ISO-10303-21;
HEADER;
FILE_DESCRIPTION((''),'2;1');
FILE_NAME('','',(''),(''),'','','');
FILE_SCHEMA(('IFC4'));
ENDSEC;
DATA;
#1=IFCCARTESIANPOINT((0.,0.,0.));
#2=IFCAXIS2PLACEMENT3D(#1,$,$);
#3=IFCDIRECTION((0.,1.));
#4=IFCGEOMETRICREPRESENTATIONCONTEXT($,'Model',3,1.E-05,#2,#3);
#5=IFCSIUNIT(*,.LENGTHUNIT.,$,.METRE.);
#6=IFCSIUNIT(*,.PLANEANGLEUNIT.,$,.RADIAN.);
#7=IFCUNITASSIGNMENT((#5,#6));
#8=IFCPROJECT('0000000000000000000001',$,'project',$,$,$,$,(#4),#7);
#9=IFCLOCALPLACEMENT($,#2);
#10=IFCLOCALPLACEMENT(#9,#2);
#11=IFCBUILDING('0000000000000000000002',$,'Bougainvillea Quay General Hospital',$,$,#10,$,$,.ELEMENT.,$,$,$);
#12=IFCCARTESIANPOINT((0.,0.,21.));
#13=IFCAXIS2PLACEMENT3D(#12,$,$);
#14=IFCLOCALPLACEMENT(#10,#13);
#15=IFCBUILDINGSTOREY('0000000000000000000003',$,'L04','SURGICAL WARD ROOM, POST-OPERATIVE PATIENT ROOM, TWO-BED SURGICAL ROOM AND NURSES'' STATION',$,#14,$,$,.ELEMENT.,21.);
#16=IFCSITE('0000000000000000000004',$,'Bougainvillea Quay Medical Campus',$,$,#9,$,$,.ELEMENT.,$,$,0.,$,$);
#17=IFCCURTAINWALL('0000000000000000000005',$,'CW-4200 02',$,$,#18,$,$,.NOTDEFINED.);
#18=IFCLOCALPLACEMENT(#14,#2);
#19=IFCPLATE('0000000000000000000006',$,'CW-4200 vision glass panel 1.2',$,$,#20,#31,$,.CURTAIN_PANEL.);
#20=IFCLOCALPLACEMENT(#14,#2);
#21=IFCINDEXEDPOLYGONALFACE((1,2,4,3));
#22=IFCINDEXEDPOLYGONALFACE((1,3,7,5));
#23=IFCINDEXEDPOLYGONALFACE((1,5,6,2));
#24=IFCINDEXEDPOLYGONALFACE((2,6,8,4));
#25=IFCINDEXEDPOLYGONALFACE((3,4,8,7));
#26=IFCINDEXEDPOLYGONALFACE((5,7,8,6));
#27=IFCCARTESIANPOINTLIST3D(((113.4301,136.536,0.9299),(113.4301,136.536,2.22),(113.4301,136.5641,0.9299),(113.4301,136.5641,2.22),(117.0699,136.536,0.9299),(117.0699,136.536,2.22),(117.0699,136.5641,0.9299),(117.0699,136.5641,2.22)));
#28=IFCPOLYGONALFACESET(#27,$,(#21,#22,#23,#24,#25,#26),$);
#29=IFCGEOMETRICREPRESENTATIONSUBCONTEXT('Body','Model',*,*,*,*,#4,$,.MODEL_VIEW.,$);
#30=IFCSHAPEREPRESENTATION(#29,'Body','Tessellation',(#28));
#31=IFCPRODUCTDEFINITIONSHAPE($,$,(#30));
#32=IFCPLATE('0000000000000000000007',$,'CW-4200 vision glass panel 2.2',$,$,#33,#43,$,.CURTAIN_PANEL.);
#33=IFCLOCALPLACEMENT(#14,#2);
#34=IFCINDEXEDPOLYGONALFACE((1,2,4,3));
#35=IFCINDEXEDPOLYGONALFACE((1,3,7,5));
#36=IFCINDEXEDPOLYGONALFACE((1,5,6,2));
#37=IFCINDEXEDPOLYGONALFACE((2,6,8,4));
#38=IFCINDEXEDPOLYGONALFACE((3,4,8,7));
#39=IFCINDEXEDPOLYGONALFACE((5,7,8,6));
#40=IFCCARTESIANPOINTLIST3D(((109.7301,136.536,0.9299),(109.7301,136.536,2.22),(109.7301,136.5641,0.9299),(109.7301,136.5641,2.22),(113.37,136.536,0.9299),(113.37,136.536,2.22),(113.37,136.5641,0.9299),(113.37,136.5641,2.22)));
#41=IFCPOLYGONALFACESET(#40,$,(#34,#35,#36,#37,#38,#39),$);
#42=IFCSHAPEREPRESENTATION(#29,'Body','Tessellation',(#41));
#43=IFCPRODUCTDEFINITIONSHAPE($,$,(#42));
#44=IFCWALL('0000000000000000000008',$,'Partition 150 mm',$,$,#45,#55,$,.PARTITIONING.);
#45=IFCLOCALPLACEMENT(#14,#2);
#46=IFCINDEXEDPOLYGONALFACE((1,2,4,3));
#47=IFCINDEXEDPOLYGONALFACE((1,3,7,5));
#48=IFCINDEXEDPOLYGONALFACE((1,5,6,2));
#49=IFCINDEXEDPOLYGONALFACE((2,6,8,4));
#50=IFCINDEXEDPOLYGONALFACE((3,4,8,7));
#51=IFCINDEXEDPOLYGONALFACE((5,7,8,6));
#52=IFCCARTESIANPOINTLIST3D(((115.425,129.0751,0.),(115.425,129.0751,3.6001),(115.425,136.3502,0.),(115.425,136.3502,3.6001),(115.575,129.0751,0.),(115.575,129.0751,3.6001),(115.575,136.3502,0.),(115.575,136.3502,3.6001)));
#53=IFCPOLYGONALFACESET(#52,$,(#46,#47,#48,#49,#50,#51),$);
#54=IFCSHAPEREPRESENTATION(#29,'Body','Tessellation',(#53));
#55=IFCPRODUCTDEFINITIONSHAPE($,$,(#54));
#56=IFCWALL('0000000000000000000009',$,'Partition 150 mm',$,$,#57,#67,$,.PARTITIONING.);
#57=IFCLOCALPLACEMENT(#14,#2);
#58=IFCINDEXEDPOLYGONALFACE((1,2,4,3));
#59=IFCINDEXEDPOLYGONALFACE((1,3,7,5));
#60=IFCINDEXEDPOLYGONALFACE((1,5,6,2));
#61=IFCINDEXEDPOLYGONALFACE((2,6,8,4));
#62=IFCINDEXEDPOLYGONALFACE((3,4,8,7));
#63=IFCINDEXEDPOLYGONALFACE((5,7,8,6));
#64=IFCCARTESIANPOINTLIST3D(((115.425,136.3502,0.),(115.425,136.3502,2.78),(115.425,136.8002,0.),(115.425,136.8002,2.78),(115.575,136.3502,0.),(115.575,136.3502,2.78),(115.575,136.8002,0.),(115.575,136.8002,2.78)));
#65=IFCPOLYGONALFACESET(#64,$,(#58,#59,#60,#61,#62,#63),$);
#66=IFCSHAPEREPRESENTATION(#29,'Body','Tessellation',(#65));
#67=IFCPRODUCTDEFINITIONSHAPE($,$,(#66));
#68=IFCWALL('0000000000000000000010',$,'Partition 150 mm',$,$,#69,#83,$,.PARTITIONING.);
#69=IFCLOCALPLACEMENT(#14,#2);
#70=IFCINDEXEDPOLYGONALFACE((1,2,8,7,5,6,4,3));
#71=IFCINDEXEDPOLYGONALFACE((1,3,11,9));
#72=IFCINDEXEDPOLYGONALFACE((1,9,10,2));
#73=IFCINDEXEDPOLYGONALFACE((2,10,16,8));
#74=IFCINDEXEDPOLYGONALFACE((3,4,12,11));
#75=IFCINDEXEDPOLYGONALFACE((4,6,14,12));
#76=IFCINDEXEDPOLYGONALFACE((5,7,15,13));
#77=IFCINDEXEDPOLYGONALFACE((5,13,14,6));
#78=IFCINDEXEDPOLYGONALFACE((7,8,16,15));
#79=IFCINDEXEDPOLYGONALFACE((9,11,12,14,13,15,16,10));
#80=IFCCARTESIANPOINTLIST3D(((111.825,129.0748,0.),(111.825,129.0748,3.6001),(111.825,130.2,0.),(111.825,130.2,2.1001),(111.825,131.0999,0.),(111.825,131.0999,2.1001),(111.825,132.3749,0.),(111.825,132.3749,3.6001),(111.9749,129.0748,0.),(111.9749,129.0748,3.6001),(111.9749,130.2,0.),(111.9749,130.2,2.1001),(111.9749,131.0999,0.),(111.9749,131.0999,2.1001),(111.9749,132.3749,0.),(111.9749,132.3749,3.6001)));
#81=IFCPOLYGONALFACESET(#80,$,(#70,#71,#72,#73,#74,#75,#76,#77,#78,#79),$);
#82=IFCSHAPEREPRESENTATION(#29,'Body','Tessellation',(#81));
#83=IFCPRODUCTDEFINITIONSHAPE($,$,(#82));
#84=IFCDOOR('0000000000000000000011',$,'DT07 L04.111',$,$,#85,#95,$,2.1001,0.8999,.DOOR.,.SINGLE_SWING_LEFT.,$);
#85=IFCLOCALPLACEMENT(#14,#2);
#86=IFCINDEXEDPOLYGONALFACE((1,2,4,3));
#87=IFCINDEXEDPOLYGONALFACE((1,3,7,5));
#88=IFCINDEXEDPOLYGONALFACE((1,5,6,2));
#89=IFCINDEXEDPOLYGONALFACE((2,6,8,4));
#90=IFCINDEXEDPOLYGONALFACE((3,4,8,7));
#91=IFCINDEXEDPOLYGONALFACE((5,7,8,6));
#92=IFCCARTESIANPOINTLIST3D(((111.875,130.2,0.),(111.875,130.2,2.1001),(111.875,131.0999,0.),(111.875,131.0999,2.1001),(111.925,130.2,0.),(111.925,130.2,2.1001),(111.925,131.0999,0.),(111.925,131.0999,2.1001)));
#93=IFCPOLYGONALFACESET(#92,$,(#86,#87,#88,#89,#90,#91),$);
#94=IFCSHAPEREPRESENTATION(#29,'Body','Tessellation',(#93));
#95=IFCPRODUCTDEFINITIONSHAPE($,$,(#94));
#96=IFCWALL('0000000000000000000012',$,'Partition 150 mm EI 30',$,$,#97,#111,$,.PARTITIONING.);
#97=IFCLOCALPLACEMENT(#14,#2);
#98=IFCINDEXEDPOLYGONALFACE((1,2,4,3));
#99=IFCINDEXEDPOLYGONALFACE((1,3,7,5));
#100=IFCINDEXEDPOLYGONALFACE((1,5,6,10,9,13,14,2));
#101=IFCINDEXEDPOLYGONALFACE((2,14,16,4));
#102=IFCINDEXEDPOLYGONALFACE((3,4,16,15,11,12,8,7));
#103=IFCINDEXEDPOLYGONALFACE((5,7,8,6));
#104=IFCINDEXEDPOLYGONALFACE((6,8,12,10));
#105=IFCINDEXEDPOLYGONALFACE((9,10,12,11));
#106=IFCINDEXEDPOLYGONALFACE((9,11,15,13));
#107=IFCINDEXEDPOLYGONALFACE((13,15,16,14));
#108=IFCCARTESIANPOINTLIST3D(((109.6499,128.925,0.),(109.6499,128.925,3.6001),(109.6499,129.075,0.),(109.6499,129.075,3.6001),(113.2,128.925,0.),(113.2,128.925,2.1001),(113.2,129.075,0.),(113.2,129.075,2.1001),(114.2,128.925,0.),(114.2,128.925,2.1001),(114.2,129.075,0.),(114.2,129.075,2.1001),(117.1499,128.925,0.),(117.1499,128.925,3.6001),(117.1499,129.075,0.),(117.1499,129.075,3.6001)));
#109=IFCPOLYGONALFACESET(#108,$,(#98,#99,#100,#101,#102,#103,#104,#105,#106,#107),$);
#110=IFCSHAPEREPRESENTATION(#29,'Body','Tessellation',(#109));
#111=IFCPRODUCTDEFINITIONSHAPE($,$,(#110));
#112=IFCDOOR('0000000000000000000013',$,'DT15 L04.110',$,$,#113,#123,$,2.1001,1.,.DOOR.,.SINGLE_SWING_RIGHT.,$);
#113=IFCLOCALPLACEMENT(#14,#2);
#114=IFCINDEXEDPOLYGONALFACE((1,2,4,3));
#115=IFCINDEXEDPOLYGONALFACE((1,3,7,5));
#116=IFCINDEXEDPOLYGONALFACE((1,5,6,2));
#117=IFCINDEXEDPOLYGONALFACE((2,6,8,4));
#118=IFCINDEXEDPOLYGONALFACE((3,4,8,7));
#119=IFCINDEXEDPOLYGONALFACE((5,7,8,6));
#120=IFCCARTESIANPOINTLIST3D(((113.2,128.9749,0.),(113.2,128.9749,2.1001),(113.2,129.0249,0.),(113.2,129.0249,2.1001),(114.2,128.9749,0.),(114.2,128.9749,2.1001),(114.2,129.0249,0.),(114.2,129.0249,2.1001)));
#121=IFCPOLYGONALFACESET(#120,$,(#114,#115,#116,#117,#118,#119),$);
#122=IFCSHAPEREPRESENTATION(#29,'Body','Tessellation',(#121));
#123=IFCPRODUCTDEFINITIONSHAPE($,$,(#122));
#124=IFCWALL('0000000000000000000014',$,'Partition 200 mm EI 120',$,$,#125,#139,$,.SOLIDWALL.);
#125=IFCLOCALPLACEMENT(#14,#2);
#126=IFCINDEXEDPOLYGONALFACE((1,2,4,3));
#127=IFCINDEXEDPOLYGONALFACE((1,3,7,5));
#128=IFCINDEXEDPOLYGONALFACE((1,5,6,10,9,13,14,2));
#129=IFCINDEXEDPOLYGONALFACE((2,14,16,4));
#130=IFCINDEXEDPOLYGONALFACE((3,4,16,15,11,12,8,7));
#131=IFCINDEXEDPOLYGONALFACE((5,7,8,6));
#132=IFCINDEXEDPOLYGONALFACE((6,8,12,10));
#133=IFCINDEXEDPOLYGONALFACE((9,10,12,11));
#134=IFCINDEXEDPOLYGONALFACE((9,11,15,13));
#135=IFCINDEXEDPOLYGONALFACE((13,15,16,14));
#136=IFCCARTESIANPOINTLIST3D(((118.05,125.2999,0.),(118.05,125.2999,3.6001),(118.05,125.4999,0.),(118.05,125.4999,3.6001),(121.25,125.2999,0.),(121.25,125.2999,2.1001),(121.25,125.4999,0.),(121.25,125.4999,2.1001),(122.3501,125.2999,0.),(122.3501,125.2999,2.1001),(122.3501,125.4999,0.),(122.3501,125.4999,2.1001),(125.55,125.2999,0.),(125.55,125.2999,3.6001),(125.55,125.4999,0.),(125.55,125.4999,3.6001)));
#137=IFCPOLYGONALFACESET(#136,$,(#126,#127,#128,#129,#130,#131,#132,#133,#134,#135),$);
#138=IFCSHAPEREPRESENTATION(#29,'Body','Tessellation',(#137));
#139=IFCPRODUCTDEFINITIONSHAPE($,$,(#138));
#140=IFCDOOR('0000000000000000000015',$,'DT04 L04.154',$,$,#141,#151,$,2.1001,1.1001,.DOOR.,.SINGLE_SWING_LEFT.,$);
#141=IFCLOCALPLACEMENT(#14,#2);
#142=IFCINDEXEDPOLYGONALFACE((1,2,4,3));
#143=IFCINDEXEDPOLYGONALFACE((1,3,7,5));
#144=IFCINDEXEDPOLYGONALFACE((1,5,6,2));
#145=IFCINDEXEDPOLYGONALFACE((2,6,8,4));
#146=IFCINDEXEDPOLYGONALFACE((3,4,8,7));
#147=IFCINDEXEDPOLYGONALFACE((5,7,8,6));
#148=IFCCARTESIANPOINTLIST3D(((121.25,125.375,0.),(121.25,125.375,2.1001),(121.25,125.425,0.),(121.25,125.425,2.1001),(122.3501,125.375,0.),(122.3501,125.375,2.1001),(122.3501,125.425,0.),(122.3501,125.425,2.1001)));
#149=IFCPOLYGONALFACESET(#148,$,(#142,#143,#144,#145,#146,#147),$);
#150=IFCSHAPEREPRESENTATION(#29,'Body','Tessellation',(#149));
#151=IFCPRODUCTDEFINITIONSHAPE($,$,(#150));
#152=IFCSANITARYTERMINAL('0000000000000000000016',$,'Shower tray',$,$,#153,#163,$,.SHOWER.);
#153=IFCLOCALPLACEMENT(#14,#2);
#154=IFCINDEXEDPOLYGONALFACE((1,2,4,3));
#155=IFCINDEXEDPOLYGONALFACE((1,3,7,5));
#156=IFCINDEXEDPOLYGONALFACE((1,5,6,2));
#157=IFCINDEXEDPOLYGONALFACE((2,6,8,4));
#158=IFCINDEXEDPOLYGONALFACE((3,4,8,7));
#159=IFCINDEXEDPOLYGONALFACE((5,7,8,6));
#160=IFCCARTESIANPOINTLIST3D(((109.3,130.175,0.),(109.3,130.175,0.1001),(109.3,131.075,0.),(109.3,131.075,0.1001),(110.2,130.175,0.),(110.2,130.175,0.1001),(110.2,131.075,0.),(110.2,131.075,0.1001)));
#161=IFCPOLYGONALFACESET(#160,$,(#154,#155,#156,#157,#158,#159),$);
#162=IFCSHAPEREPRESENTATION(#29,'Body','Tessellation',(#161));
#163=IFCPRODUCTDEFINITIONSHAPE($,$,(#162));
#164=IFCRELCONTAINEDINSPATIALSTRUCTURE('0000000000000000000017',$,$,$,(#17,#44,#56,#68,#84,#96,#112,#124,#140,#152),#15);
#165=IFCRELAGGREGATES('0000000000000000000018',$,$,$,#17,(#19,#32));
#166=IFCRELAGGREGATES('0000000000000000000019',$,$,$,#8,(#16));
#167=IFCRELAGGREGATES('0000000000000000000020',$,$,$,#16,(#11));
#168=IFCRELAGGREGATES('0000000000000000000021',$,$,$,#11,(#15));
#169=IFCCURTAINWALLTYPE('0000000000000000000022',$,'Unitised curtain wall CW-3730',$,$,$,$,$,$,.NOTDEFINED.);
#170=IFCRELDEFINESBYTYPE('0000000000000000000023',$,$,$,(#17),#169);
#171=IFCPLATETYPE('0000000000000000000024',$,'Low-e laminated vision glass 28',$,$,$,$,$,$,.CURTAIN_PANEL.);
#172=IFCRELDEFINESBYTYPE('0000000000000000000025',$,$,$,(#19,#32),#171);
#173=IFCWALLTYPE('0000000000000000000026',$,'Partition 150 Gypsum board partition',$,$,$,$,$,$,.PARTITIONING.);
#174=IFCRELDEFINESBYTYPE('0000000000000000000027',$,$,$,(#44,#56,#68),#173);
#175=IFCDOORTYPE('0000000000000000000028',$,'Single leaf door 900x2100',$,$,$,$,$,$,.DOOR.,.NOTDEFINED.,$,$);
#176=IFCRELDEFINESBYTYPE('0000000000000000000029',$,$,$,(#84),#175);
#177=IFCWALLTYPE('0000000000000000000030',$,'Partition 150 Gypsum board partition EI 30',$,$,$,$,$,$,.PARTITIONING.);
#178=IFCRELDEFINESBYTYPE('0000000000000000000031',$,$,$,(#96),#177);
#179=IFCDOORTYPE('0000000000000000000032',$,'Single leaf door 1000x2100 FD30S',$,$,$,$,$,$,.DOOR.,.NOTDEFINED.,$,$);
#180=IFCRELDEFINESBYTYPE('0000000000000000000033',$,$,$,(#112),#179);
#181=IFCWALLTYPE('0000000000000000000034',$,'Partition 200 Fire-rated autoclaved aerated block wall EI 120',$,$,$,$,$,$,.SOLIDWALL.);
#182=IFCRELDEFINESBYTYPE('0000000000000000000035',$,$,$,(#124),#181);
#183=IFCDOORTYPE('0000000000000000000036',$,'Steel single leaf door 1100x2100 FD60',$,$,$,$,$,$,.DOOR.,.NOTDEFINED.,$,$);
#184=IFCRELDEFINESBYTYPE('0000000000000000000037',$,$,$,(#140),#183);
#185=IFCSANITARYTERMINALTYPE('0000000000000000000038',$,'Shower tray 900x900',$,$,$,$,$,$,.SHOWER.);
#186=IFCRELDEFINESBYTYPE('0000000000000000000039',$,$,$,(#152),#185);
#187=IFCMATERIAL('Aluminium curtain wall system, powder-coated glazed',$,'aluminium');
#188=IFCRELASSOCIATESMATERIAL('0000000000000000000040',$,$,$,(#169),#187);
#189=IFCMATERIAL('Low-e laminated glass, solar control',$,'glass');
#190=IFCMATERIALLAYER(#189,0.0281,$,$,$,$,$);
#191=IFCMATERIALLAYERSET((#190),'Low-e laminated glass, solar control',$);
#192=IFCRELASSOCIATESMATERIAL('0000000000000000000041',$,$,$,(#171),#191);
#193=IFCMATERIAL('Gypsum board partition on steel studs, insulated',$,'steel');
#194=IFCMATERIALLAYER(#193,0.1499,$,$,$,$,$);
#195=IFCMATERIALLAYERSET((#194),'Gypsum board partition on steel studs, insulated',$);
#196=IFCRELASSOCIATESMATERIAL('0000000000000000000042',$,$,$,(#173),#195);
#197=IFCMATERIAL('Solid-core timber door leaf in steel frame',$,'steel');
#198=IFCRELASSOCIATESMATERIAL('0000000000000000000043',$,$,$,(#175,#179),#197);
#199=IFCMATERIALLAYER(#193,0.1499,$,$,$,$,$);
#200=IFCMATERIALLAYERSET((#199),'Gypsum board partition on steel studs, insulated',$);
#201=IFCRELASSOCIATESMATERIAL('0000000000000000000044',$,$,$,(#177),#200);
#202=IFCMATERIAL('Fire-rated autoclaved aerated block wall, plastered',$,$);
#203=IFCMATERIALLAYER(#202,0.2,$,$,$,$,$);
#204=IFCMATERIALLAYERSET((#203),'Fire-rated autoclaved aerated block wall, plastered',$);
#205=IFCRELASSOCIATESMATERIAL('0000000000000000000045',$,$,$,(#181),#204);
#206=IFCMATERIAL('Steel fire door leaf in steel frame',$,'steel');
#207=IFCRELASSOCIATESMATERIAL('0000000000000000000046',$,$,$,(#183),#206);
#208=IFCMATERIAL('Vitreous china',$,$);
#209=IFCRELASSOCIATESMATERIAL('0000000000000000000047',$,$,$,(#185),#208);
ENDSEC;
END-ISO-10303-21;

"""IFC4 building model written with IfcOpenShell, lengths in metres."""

from ifc_helpers import new_model, si_unit, direction, frame, frame_2d, origin, origin_2d, place, context, subcontext, project, spatial, rectangle, extrude, material, layer, layer_set, type_object, element, fill, aggregate, save


model = new_model("IFC4")

# Units and contexts
model_context = context("Model", 3, precision=1e-05, world=origin(), true_north=direction((0.0, 1.0)))
body_context = subcontext(model_context, "Body", "Model", "MODEL_VIEW")
ifc_project = project(units=[si_unit("LENGTHUNIT", "METRE"), si_unit("PLANEANGLEUNIT", "RADIAN")], contexts=[model_context])

# Site, building, storey
site_placement = place(None, origin())
site = spatial("IfcSite", under=ifc_project, at=site_placement, Name="Bougainvillea Quay Medical Campus", CompositionType="ELEMENT", RefElevation=0.0)
building_placement = place(site_placement, origin())
building = spatial("IfcBuilding", under=site, at=building_placement, Name="Bougainvillea Quay General Hospital", CompositionType="ELEMENT")
storey_placement = place(building_placement, frame((0.0, 0.0, 21.0)))
storey = spatial("IfcBuildingStorey", under=building, at=storey_placement, Name="L04", Description="SURGICAL WARD ROOM, POST-OPERATIVE PATIENT ROOM, TWO-BED SURGICAL ROOM AND NURSES' STATION", CompositionType="ELEMENT", Elevation=21.0)

# Curtain wall, plates
ifc_material_1 = material(Name="Aluminium curtain wall system, powder-coated glazed", Category="aluminium")
curtain_wall_type = type_object("IfcCurtainWallType", Name="Unitised curtain wall CW-3730", PredefinedType="NOTDEFINED", material=ifc_material_1)
curtain_wall_placement = place(storey_placement, origin())
curtain_wall = element("IfcCurtainWall", 1, at=curtain_wall_placement, inside=storey, type_object=curtain_wall_type, Name="CW-4200 02", PredefinedType="NOTDEFINED")
ifc_material_2 = material(Name="Low-e laminated glass, solar control", Category="glass")
ifc_layer_1 = layer(ifc_material_2, 0.0281)
ifc_layer_set_1 = layer_set([ifc_layer_1], Name="Low-e laminated glass, solar control")
plate_type_1 = type_object("IfcPlateType", Name="Low-e laminated vision glass 28", PredefinedType="CURTAIN_PANEL", material=ifc_layer_set_1)
plate_1_placement = place(storey_placement, frame((115.25, 136.55, 0.9299), z_axis=(0.0, 0.0, 1.0), x_axis=(-1.0, 0.0, 0.0)))
plate_1 = element("IfcPlate", 2, at=plate_1_placement, type_object=plate_type_1, Name="CW-4200 vision glass panel 1.2", PredefinedType="CURTAIN_PANEL", context=body_context, shape_type="SweptSolid", body=[
    extrude(rectangle(XDim=3.6399, YDim=0.0281, at=origin_2d()), origin(), (0.0, 0.0, 1.0), 1.29),
])
plate_2_placement = place(storey_placement, frame((111.55, 136.55, 0.9299), z_axis=(0.0, 0.0, 1.0), x_axis=(-1.0, 0.0, 0.0)))
plate_2 = element("IfcPlate", 3, at=plate_2_placement, type_object=plate_type_1, Name="CW-4200 vision glass panel 2.2", PredefinedType="CURTAIN_PANEL", context=body_context, shape_type="SweptSolid", body=[
    extrude(rectangle(XDim=3.6399, YDim=0.0281, at=origin_2d()), origin(), (0.0, 0.0, 1.0), 1.29),
])
aggregate(curtain_wall, [plate_1, plate_2])

# Walls
ifc_material_3 = material(Name="Gypsum board partition on steel studs, insulated", Category="steel")
ifc_layer_2 = layer(ifc_material_3, 0.1499)
ifc_layer_set_2 = layer_set([ifc_layer_2], Name="Gypsum board partition on steel studs, insulated")
wall_type_1 = type_object("IfcWallType", Name="Partition 150 Gypsum board partition", PredefinedType="PARTITIONING", material=ifc_layer_set_2)
wall_1_placement = place(storey_placement, frame((115.5, 129.075, 0.0), z_axis=(0.0, 0.0, 1.0), x_axis=(0.0, 1.0, 0.0)))
element("IfcWall", 4, at=wall_1_placement, inside=storey, type_object=wall_type_1, Name="Partition 150 mm", PredefinedType="PARTITIONING", context=body_context, shape_type="SweptSolid", body=[
    extrude(rectangle(XDim=7.2751, YDim=0.1499, at=frame_2d((3.6377, 0.0))), origin(), (0.0, 0.0, 1.0), 3.6001),
])
wall_2_placement = place(storey_placement, frame((115.5, 136.3501, 0.0), z_axis=(0.0, 0.0, 1.0), x_axis=(0.0, 1.0, 0.0)))
element("IfcWall", 5, at=wall_2_placement, inside=storey, type_object=wall_type_1, Name="Partition 150 mm", PredefinedType="PARTITIONING", context=body_context, shape_type="SweptSolid", body=[
    extrude(rectangle(XDim=0.45, YDim=0.1499, at=frame_2d((0.2251, 0.0))), origin(), (0.0, 0.0, 1.0), 2.78),
])

# Walls, openings, doors
wall_3_placement = place(storey_placement, frame((111.8999, 129.075, 0.0), z_axis=(0.0, 0.0, 1.0), x_axis=(0.0, 1.0, 0.0)))
wall_3 = element("IfcWall", 6, at=wall_3_placement, inside=storey, type_object=wall_type_1, Name="Partition 150 mm", PredefinedType="PARTITIONING", context=body_context, shape_type="SweptSolid", body=[
    extrude(rectangle(XDim=3.3, YDim=0.1499, at=frame_2d((1.6499, 0.0))), origin(), (0.0, 0.0, 1.0), 3.6001),
])
opening_1_placement = place(wall_3_placement, frame((1.125, 0.0, 0.0)))
opening_1 = element("IfcOpeningElement", 7, at=opening_1_placement, cuts=wall_3, PredefinedType="OPENING", context=body_context, shape_type="SweptSolid", body=[
    extrude(rectangle(XDim=0.8999, YDim=2.1001, at=frame_2d((0.45, 1.05))), frame((0.0, 0.085, 0.0), z_axis=(0.0, -1.0, 0.0), x_axis=(1.0, 0.0, 0.0)), (0.0, 0.0, 1.0), 0.1699),
])
ifc_material_4 = material(Name="Solid-core timber door leaf in steel frame", Category="steel")
door_type_1 = type_object("IfcDoorType", Name="Single leaf door 900x2100", OperationType="NOTDEFINED", PredefinedType="DOOR", material=ifc_material_4)
door_1_placement = place(opening_1_placement, origin())
door_1 = element("IfcDoor", 8, at=door_1_placement, inside=storey, type_object=door_type_1, Name="DT07 L04.111", OperationType="SINGLE_SWING_LEFT", OverallHeight=2.1001, OverallWidth=0.8999, PredefinedType="DOOR", context=body_context, shape_type="SweptSolid", body=[
    extrude(rectangle(XDim=0.8999, YDim=2.1001, at=frame_2d((0.45, 1.05))), frame((0.0, 0.0249, 0.0), z_axis=(0.0, -1.0, 0.0), x_axis=(1.0, 0.0, 0.0)), (0.0, 0.0, 1.0), 0.05),
])
fill(opening_1, door_1)
ifc_layer_3 = layer(ifc_material_3, 0.1499)
ifc_layer_set_3 = layer_set([ifc_layer_3], Name="Gypsum board partition on steel studs, insulated")
wall_type_2 = type_object("IfcWallType", Name="Partition 150 Gypsum board partition EI 30", PredefinedType="PARTITIONING", material=ifc_layer_set_3)
wall_4_placement = place(storey_placement, frame((117.1499, 129.0, 0.0), z_axis=(0.0, 0.0, 1.0), x_axis=(-1.0, 0.0, 0.0)))
wall_4 = element("IfcWall", 9, at=wall_4_placement, inside=storey, type_object=wall_type_2, Name="Partition 150 mm EI 30", PredefinedType="PARTITIONING", context=body_context, shape_type="SweptSolid", body=[
    extrude(rectangle(XDim=7.5, YDim=0.1499, at=frame_2d((3.75, 0.0))), origin(), (0.0, 0.0, 1.0), 3.6001),
])
opening_2_placement = place(wall_4_placement, frame((2.95, 0.0, 0.0)))
opening_2 = element("IfcOpeningElement", 10, at=opening_2_placement, cuts=wall_4, PredefinedType="OPENING", context=body_context, shape_type="SweptSolid", body=[
    extrude(rectangle(XDim=1.0, YDim=2.1001, at=frame_2d((0.5, 1.05))), frame((0.0, 0.085, 0.0), z_axis=(0.0, -1.0, 0.0), x_axis=(1.0, 0.0, 0.0)), (0.0, 0.0, 1.0), 0.1699),
])
door_type_2 = type_object("IfcDoorType", Name="Single leaf door 1000x2100 FD30S", OperationType="NOTDEFINED", PredefinedType="DOOR", material=ifc_material_4)
door_2_placement = place(opening_2_placement, frame((1.0, 0.0, 0.0), z_axis=(0.0, 0.0, 1.0), x_axis=(-1.0, 0.0, 0.0)))
door_2 = element("IfcDoor", 11, at=door_2_placement, inside=storey, type_object=door_type_2, Name="DT15 L04.110", OperationType="SINGLE_SWING_RIGHT", OverallHeight=2.1001, OverallWidth=1.0, PredefinedType="DOOR", context=body_context, shape_type="SweptSolid", body=[
    extrude(rectangle(XDim=1.0, YDim=2.1001, at=frame_2d((0.5, 1.05))), frame((0.0, 0.0249, 0.0), z_axis=(0.0, -1.0, 0.0), x_axis=(1.0, 0.0, 0.0)), (0.0, 0.0, 1.0), 0.05),
])
fill(opening_2, door_2)
ifc_material_5 = material(Name="Fire-rated autoclaved aerated block wall, plastered")
ifc_layer_4 = layer(ifc_material_5, 0.2)
ifc_layer_set_4 = layer_set([ifc_layer_4], Name="Fire-rated autoclaved aerated block wall, plastered")
wall_type_3 = type_object("IfcWallType", Name="Partition 200 Fire-rated autoclaved aerated block wall EI 120", PredefinedType="SOLIDWALL", material=ifc_layer_set_4)
wall_5_placement = place(storey_placement, frame((118.05, 125.3999, 0.0), z_axis=(0.0, 0.0, 1.0), x_axis=(1.0, 0.0, 0.0)))
wall_5 = element("IfcWall", 12, at=wall_5_placement, inside=storey, type_object=wall_type_3, Name="Partition 200 mm EI 120", PredefinedType="SOLIDWALL", context=body_context, shape_type="SweptSolid", body=[
    extrude(rectangle(XDim=7.5, YDim=0.2, at=frame_2d((3.75, 0.0))), origin(), (0.0, 0.0, 1.0), 3.6001),
])
opening_3_placement = place(wall_5_placement, frame((3.2, 0.0, 0.0)))
opening_3 = element("IfcOpeningElement", 13, at=opening_3_placement, cuts=wall_5, PredefinedType="OPENING", context=body_context, shape_type="SweptSolid", body=[
    extrude(rectangle(XDim=1.1001, YDim=2.1001, at=frame_2d((0.55, 1.05))), frame((0.0, 0.1099, 0.0), z_axis=(0.0, -1.0, 0.0), x_axis=(1.0, 0.0, 0.0)), (0.0, 0.0, 1.0), 0.22),
])
ifc_material_6 = material(Name="Steel fire door leaf in steel frame", Category="steel")
door_type_3 = type_object("IfcDoorType", Name="Steel single leaf door 1100x2100 FD60", OperationType="NOTDEFINED", PredefinedType="DOOR", material=ifc_material_6)
door_3_placement = place(opening_3_placement, frame((1.1001, 0.0, 0.0), z_axis=(0.0, 0.0, 1.0), x_axis=(-1.0, 0.0, 0.0)))
door_3 = element("IfcDoor", 14, at=door_3_placement, inside=storey, type_object=door_type_3, Name="DT04 L04.154", OperationType="SINGLE_SWING_LEFT", OverallHeight=2.1001, OverallWidth=1.1001, PredefinedType="DOOR", context=body_context, shape_type="SweptSolid", body=[
    extrude(rectangle(XDim=1.1001, YDim=2.1001, at=frame_2d((0.55, 1.05))), frame((0.0, 0.0249, 0.0), z_axis=(0.0, -1.0, 0.0), x_axis=(1.0, 0.0, 0.0)), (0.0, 0.0, 1.0), 0.05),
])
fill(opening_3, door_3)

# Sanitary terminal
ifc_material_7 = material(Name="Vitreous china")
sanitary_terminal_type_1 = type_object("IfcSanitaryTerminalType", Name="Shower tray 900x900", PredefinedType="SHOWER", material=ifc_material_7)
sanitary_terminal_1_placement = place(storey_placement, frame((109.75, 130.625, 0.0), z_axis=(0.0, 0.0, 1.0), x_axis=(0.0, 1.0, 0.0)))
element("IfcSanitaryTerminal", 15, at=sanitary_terminal_1_placement, inside=storey, type_object=sanitary_terminal_type_1, Name="Shower tray", PredefinedType="SHOWER", context=body_context, shape_type="SweptSolid", body=[
    extrude(rectangle(XDim=0.8999, YDim=0.8999, at=origin_2d()), origin(), (0.0, 0.0, 1.0), 0.1001),
])

save(model, "model.ifc")
